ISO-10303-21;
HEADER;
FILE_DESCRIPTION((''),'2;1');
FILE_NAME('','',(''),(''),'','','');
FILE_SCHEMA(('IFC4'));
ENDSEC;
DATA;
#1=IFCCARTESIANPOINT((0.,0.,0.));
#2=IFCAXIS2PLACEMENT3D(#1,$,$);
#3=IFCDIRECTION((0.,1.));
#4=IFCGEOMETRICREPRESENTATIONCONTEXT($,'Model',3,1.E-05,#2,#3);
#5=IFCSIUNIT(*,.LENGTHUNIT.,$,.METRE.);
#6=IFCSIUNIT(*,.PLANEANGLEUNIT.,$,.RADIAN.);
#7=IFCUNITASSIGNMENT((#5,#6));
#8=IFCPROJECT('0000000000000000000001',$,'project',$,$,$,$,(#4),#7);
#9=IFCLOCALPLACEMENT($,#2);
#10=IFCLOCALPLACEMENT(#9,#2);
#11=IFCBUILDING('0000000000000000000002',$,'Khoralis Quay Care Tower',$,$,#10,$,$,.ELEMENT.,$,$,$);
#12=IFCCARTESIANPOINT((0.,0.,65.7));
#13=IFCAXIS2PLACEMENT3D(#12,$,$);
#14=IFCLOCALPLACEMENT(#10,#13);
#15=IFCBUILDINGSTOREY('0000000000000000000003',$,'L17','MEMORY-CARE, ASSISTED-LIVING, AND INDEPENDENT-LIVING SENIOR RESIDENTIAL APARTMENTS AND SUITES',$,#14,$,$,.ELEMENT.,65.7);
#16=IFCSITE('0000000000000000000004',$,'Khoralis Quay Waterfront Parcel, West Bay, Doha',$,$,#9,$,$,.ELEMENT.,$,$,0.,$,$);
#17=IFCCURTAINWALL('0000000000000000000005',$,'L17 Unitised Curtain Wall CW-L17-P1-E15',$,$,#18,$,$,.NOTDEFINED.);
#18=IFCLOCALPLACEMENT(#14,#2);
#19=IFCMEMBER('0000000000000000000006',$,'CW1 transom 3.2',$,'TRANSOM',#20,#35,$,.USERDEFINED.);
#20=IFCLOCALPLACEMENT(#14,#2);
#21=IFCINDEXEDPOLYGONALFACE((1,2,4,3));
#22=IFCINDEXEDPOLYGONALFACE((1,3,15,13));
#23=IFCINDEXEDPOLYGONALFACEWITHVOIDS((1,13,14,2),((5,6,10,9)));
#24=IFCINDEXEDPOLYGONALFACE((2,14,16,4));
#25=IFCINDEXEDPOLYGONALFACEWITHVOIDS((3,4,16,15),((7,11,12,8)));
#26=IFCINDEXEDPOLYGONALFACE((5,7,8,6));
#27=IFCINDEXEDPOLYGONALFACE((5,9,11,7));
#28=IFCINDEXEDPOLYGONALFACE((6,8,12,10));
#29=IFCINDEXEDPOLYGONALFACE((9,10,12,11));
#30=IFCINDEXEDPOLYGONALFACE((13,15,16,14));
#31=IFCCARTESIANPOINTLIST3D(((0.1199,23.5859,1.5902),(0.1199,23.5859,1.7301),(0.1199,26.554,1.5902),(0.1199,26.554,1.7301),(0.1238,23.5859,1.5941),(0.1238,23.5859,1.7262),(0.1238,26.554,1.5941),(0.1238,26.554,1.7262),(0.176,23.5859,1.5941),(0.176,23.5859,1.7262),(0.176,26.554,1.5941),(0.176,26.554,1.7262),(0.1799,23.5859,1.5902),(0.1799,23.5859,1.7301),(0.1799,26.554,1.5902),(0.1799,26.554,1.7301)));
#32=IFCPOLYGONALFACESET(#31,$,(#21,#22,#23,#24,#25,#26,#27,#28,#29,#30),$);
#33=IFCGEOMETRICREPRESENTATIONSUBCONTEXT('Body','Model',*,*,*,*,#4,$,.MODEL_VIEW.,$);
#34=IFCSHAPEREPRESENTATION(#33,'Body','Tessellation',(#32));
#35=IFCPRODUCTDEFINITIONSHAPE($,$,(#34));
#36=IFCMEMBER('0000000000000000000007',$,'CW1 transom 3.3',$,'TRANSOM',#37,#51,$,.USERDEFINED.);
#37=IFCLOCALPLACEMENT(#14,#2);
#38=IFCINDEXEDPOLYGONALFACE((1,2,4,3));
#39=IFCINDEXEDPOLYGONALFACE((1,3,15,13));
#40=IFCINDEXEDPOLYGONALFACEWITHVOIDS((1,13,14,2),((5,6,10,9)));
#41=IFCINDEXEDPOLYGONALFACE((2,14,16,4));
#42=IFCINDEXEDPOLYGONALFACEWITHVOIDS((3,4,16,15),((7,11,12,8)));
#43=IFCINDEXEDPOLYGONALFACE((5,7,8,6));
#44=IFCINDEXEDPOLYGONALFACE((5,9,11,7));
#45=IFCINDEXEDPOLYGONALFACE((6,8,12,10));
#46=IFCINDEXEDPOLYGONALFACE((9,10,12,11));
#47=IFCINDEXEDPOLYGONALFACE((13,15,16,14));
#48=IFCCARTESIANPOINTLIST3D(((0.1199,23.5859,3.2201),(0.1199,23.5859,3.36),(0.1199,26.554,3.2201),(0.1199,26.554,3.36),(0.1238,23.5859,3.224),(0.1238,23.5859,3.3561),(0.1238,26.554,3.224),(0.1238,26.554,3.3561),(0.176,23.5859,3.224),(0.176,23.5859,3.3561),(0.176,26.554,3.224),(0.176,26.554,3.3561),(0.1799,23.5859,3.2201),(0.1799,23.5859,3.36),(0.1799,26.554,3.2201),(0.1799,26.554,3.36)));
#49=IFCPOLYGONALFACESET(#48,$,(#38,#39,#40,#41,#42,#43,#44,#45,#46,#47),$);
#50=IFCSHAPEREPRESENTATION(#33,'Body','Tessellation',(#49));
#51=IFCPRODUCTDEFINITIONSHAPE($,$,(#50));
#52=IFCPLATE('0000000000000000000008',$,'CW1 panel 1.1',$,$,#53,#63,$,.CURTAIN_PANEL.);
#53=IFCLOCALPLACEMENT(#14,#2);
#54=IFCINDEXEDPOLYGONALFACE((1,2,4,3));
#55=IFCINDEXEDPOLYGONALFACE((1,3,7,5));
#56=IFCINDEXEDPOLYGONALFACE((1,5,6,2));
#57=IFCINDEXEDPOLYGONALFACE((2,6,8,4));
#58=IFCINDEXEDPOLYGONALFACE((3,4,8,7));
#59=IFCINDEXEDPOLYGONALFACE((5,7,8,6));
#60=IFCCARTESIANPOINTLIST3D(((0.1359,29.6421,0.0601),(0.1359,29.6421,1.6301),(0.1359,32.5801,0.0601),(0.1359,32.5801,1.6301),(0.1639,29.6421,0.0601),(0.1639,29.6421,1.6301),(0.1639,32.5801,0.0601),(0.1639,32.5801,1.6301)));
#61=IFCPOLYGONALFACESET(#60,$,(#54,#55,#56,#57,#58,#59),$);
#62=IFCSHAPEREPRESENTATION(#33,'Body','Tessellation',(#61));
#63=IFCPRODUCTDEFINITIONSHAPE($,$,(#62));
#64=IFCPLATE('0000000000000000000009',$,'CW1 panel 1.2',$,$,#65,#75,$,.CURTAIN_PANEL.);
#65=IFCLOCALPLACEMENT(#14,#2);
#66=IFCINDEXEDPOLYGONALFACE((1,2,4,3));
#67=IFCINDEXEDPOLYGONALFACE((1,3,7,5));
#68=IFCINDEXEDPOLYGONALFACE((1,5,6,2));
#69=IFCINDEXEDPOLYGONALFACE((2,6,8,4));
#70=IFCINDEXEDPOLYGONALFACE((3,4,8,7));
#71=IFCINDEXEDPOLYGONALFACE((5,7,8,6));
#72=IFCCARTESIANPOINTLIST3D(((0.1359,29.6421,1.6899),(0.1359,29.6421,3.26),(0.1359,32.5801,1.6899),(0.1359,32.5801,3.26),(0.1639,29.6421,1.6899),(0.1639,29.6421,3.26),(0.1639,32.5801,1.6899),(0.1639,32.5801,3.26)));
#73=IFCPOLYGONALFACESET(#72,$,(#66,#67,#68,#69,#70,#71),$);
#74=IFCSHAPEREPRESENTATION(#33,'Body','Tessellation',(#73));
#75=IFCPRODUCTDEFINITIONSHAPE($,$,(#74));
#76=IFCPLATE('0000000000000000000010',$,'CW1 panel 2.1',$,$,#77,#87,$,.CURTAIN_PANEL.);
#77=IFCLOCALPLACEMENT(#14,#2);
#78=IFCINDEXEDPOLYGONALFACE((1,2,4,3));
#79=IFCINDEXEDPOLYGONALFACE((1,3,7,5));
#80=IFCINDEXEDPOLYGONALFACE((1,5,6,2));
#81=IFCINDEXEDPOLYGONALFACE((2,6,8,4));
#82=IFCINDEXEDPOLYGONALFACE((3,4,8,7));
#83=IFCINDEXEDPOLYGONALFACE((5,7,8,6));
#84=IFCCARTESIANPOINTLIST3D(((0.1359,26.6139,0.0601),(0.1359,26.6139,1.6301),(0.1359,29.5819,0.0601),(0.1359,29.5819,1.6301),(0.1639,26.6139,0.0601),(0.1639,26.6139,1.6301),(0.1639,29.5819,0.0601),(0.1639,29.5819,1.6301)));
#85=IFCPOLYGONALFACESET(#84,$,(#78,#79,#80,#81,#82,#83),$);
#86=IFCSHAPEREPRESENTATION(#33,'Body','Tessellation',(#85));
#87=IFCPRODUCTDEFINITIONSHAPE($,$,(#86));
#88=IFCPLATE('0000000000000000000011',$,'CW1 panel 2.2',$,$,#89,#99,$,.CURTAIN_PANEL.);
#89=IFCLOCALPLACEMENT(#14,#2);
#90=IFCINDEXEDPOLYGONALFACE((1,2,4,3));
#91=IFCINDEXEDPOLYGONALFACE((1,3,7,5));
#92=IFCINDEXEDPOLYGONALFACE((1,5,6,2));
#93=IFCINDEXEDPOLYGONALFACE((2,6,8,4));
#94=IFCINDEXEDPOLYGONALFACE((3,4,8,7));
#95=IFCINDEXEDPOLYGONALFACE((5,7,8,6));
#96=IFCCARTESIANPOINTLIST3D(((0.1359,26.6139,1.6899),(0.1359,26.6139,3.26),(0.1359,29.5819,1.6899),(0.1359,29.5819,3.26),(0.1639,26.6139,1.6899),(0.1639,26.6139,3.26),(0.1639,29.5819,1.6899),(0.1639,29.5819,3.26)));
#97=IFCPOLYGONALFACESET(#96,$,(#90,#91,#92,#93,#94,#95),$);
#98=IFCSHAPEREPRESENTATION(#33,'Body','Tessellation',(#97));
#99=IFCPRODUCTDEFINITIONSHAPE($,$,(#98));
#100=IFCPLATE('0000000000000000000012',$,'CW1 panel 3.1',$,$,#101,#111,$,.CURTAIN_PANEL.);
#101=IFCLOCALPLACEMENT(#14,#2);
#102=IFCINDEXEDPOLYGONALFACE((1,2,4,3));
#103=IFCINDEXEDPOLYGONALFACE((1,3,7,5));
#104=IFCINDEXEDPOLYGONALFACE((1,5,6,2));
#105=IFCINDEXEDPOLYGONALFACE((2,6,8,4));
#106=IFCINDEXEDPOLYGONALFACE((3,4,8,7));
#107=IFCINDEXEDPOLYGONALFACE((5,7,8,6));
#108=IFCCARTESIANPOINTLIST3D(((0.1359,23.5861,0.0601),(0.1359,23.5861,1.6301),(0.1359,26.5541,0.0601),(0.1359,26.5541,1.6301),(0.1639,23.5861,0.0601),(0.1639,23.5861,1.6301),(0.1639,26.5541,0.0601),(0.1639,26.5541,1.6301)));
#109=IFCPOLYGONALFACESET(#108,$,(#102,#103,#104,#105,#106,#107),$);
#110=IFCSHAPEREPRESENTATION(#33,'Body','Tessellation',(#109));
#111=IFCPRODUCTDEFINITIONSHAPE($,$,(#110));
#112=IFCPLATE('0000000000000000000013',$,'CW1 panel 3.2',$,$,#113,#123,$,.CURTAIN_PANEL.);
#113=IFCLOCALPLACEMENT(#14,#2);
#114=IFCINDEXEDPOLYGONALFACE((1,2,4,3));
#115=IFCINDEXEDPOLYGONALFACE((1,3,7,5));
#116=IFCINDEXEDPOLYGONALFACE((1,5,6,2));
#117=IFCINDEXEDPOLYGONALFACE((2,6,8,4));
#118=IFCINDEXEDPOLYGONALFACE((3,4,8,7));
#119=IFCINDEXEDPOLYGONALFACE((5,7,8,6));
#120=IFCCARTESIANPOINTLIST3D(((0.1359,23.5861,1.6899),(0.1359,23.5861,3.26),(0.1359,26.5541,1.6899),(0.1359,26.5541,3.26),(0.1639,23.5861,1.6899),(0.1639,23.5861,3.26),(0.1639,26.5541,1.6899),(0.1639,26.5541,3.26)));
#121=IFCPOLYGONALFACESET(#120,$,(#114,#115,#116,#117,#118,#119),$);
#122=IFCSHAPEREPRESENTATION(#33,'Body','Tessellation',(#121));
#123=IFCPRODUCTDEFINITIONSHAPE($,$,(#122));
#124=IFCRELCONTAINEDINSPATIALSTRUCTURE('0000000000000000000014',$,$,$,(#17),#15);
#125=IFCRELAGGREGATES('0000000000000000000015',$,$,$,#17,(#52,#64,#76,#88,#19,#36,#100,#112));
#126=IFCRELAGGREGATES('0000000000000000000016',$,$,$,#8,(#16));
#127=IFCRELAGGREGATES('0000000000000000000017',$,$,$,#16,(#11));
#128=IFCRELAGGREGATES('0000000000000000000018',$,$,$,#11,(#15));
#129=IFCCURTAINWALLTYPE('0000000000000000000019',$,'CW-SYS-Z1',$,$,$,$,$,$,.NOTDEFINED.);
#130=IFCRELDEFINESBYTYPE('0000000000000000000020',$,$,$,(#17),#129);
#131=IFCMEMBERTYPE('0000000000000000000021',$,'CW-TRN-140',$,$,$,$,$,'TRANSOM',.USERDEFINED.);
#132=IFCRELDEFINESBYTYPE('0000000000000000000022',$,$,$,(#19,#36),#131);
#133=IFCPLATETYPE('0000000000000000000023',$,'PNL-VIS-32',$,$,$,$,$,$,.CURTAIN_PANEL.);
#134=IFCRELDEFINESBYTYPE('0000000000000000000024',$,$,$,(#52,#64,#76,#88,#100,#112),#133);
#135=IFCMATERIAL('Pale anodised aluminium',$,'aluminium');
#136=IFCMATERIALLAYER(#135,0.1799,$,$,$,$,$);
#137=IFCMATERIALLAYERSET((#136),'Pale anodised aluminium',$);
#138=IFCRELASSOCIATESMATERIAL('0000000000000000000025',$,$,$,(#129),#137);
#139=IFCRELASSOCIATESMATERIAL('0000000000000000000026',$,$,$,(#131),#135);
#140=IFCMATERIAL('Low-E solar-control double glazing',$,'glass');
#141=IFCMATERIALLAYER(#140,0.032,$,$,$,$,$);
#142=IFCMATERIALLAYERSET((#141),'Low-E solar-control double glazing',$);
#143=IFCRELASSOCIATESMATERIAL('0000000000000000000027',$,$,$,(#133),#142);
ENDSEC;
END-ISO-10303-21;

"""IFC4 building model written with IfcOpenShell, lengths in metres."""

from ifc_helpers import new_model, si_unit, direction, frame, origin, origin_2d, place, context, subcontext, project, spatial, rectangle, hollow_rectangle, extrude, source, transform, mapped, material, layer, layer_set, material_profile, profile_set, type_object, element, aggregate, save


model = new_model("IFC4")

# Units and contexts
model_context = context("Model", 3, precision=1e-05, world=origin(), true_north=direction((0.0, 1.0)))
body_context = subcontext(model_context, "Body", "Model", "MODEL_VIEW")
ifc_project = project(units=[si_unit("LENGTHUNIT", "METRE"), si_unit("PLANEANGLEUNIT", "RADIAN")], contexts=[model_context])

# Site, building, storey
site_placement = place(None, origin())
site = spatial("IfcSite", under=ifc_project, at=site_placement, Name="Khoralis Quay Waterfront Parcel, West Bay, Doha", CompositionType="ELEMENT", RefElevation=0.0)
building_placement = place(site_placement, origin())
building = spatial("IfcBuilding", under=site, at=building_placement, Name="Khoralis Quay Care Tower", CompositionType="ELEMENT")
storey_placement = place(building_placement, frame((0.0, 0.0, 65.7)))
storey = spatial("IfcBuildingStorey", under=building, at=storey_placement, Name="L17", Description="MEMORY-CARE, ASSISTED-LIVING, AND INDEPENDENT-LIVING SENIOR RESIDENTIAL APARTMENTS AND SUITES", CompositionType="ELEMENT", Elevation=65.7)

# Curtain wall, members, plates
ifc_material_1 = material(Name="Pale anodised aluminium", Category="aluminium")
ifc_layer_1 = layer(ifc_material_1, 0.1799)
ifc_layer_set_1 = layer_set([ifc_layer_1], Name="Pale anodised aluminium")
curtain_wall_type = type_object("IfcCurtainWallType", Name="CW-SYS-Z1", PredefinedType="NOTDEFINED", material=ifc_layer_set_1)
curtain_wall_placement = place(storey_placement, origin())
curtain_wall = element("IfcCurtainWall", 1, at=curtain_wall_placement, inside=storey, type_object=curtain_wall_type, Name="L17 Unitised Curtain Wall CW-L17-P1-E15", PredefinedType="NOTDEFINED")
ifc_material_profile_1 = material_profile(ifc_material_1, hollow_rectangle(XDim=0.0601, YDim=0.1399, WallThickness=0.0039, at=origin_2d()), Name="Pale anodised aluminium")
ifc_profile_set_1 = profile_set([ifc_material_profile_1], Name="Pale anodised aluminium")
member_type_1 = type_object("IfcMemberType", Name="CW-TRN-140", ElementType="TRANSOM", PredefinedType="USERDEFINED", material=ifc_profile_set_1)
shared_shape_1 = source(origin(), body_context, "Body", "SweptSolid", [
    extrude(hollow_rectangle(XDim=0.0601, YDim=0.1399, WallThickness=0.0039, at=origin_2d()), origin(), (0.0, 0.0, 1.0), 2.968),
])
member_1_placement = place(storey_placement, frame((0.1499, 26.554, 1.6602), z_axis=(0.0, -1.0, 0.0), x_axis=(1.0, 0.0, 0.0)))
member_1 = element("IfcMember", 2, at=member_1_placement, type_object=member_type_1, Name="CW1 transom 3.2", ObjectType="TRANSOM", PredefinedType="USERDEFINED", context=body_context, shape_type="MappedRepresentation", body=[
    mapped(shared_shape_1, transform((0.0, 0.0, 0.0), scale=1.0)),
])
member_2_placement = place(storey_placement, frame((0.1499, 26.554, 3.29), z_axis=(0.0, -1.0, 0.0), x_axis=(1.0, 0.0, 0.0)))
member_2 = element("IfcMember", 3, at=member_2_placement, type_object=member_type_1, Name="CW1 transom 3.3", ObjectType="TRANSOM", PredefinedType="USERDEFINED", context=body_context, shape_type="MappedRepresentation", body=[
    mapped(shared_shape_1, transform((0.0, 0.0, 0.0), scale=1.0)),
])
ifc_material_2 = material(Name="Low-E solar-control double glazing", Category="glass")
ifc_layer_2 = layer(ifc_material_2, 0.032)
ifc_layer_set_2 = layer_set([ifc_layer_2], Name="Low-E solar-control double glazing")
plate_type = type_object("IfcPlateType", Name="PNL-VIS-32", PredefinedType="CURTAIN_PANEL", material=ifc_layer_set_2)
shared_shape_2 = source(origin(), body_context, "Body", "SweptSolid", [
    extrude(rectangle(XDim=2.938, YDim=0.0281, at=origin_2d()), origin(), (0.0, 0.0, 1.0), 1.5701),
])
plate_1_placement = place(storey_placement, frame((0.1499, 31.1111, 0.0601), z_axis=(0.0, 0.0, 1.0), x_axis=(0.0, -1.0, 0.0)))
plate_1 = element("IfcPlate", 4, at=plate_1_placement, type_object=plate_type, Name="CW1 panel 1.1", PredefinedType="CURTAIN_PANEL", context=body_context, shape_type="MappedRepresentation", body=[
    mapped(shared_shape_2, transform((0.0, 0.0, 0.0), scale=1.0)),
])
plate_2_placement = place(storey_placement, frame((0.1499, 31.1111, 1.6899), z_axis=(0.0, 0.0, 1.0), x_axis=(0.0, -1.0, 0.0)))
plate_2 = element("IfcPlate", 5, at=plate_2_placement, type_object=plate_type, Name="CW1 panel 1.2", PredefinedType="CURTAIN_PANEL", context=body_context, shape_type="MappedRepresentation", body=[
    mapped(shared_shape_2, transform((0.0, 0.0, 0.0), scale=1.0)),
])
shared_shape_3 = source(origin(), body_context, "Body", "SweptSolid", [
    extrude(rectangle(XDim=2.968, YDim=0.0281, at=origin_2d()), origin(), (0.0, 0.0, 1.0), 1.5701),
])
plate_3_placement = place(storey_placement, frame((0.1499, 28.0979, 0.0601), z_axis=(0.0, 0.0, 1.0), x_axis=(0.0, -1.0, 0.0)))
plate_3 = element("IfcPlate", 6, at=plate_3_placement, type_object=plate_type, Name="CW1 panel 2.1", PredefinedType="CURTAIN_PANEL", context=body_context, shape_type="MappedRepresentation", body=[
    mapped(shared_shape_3, transform((0.0, 0.0, 0.0), scale=1.0)),
])
plate_4_placement = place(storey_placement, frame((0.1499, 28.0979, 1.6899), z_axis=(0.0, 0.0, 1.0), x_axis=(0.0, -1.0, 0.0)))
plate_4 = element("IfcPlate", 7, at=plate_4_placement, type_object=plate_type, Name="CW1 panel 2.2", PredefinedType="CURTAIN_PANEL", context=body_context, shape_type="MappedRepresentation", body=[
    mapped(shared_shape_3, transform((0.0, 0.0, 0.0), scale=1.0)),
])
plate_5_placement = place(storey_placement, frame((0.1499, 25.0701, 0.0601), z_axis=(0.0, 0.0, 1.0), x_axis=(0.0, -1.0, 0.0)))
plate_5 = element("IfcPlate", 8, at=plate_5_placement, type_object=plate_type, Name="CW1 panel 3.1", PredefinedType="CURTAIN_PANEL", context=body_context, shape_type="MappedRepresentation", body=[
    mapped(shared_shape_3, transform((0.0, 0.0, 0.0), scale=1.0)),
])
plate_6_placement = place(storey_placement, frame((0.1499, 25.0701, 1.6899), z_axis=(0.0, 0.0, 1.0), x_axis=(0.0, -1.0, 0.0)))
plate_6 = element("IfcPlate", 9, at=plate_6_placement, type_object=plate_type, Name="CW1 panel 3.2", PredefinedType="CURTAIN_PANEL", context=body_context, shape_type="MappedRepresentation", body=[
    mapped(shared_shape_3, transform((0.0, 0.0, 0.0), scale=1.0)),
])
aggregate(curtain_wall, [plate_1, plate_2, plate_3, plate_4, member_1, member_2, plate_5, plate_6])

save(model, "model.ifc")
